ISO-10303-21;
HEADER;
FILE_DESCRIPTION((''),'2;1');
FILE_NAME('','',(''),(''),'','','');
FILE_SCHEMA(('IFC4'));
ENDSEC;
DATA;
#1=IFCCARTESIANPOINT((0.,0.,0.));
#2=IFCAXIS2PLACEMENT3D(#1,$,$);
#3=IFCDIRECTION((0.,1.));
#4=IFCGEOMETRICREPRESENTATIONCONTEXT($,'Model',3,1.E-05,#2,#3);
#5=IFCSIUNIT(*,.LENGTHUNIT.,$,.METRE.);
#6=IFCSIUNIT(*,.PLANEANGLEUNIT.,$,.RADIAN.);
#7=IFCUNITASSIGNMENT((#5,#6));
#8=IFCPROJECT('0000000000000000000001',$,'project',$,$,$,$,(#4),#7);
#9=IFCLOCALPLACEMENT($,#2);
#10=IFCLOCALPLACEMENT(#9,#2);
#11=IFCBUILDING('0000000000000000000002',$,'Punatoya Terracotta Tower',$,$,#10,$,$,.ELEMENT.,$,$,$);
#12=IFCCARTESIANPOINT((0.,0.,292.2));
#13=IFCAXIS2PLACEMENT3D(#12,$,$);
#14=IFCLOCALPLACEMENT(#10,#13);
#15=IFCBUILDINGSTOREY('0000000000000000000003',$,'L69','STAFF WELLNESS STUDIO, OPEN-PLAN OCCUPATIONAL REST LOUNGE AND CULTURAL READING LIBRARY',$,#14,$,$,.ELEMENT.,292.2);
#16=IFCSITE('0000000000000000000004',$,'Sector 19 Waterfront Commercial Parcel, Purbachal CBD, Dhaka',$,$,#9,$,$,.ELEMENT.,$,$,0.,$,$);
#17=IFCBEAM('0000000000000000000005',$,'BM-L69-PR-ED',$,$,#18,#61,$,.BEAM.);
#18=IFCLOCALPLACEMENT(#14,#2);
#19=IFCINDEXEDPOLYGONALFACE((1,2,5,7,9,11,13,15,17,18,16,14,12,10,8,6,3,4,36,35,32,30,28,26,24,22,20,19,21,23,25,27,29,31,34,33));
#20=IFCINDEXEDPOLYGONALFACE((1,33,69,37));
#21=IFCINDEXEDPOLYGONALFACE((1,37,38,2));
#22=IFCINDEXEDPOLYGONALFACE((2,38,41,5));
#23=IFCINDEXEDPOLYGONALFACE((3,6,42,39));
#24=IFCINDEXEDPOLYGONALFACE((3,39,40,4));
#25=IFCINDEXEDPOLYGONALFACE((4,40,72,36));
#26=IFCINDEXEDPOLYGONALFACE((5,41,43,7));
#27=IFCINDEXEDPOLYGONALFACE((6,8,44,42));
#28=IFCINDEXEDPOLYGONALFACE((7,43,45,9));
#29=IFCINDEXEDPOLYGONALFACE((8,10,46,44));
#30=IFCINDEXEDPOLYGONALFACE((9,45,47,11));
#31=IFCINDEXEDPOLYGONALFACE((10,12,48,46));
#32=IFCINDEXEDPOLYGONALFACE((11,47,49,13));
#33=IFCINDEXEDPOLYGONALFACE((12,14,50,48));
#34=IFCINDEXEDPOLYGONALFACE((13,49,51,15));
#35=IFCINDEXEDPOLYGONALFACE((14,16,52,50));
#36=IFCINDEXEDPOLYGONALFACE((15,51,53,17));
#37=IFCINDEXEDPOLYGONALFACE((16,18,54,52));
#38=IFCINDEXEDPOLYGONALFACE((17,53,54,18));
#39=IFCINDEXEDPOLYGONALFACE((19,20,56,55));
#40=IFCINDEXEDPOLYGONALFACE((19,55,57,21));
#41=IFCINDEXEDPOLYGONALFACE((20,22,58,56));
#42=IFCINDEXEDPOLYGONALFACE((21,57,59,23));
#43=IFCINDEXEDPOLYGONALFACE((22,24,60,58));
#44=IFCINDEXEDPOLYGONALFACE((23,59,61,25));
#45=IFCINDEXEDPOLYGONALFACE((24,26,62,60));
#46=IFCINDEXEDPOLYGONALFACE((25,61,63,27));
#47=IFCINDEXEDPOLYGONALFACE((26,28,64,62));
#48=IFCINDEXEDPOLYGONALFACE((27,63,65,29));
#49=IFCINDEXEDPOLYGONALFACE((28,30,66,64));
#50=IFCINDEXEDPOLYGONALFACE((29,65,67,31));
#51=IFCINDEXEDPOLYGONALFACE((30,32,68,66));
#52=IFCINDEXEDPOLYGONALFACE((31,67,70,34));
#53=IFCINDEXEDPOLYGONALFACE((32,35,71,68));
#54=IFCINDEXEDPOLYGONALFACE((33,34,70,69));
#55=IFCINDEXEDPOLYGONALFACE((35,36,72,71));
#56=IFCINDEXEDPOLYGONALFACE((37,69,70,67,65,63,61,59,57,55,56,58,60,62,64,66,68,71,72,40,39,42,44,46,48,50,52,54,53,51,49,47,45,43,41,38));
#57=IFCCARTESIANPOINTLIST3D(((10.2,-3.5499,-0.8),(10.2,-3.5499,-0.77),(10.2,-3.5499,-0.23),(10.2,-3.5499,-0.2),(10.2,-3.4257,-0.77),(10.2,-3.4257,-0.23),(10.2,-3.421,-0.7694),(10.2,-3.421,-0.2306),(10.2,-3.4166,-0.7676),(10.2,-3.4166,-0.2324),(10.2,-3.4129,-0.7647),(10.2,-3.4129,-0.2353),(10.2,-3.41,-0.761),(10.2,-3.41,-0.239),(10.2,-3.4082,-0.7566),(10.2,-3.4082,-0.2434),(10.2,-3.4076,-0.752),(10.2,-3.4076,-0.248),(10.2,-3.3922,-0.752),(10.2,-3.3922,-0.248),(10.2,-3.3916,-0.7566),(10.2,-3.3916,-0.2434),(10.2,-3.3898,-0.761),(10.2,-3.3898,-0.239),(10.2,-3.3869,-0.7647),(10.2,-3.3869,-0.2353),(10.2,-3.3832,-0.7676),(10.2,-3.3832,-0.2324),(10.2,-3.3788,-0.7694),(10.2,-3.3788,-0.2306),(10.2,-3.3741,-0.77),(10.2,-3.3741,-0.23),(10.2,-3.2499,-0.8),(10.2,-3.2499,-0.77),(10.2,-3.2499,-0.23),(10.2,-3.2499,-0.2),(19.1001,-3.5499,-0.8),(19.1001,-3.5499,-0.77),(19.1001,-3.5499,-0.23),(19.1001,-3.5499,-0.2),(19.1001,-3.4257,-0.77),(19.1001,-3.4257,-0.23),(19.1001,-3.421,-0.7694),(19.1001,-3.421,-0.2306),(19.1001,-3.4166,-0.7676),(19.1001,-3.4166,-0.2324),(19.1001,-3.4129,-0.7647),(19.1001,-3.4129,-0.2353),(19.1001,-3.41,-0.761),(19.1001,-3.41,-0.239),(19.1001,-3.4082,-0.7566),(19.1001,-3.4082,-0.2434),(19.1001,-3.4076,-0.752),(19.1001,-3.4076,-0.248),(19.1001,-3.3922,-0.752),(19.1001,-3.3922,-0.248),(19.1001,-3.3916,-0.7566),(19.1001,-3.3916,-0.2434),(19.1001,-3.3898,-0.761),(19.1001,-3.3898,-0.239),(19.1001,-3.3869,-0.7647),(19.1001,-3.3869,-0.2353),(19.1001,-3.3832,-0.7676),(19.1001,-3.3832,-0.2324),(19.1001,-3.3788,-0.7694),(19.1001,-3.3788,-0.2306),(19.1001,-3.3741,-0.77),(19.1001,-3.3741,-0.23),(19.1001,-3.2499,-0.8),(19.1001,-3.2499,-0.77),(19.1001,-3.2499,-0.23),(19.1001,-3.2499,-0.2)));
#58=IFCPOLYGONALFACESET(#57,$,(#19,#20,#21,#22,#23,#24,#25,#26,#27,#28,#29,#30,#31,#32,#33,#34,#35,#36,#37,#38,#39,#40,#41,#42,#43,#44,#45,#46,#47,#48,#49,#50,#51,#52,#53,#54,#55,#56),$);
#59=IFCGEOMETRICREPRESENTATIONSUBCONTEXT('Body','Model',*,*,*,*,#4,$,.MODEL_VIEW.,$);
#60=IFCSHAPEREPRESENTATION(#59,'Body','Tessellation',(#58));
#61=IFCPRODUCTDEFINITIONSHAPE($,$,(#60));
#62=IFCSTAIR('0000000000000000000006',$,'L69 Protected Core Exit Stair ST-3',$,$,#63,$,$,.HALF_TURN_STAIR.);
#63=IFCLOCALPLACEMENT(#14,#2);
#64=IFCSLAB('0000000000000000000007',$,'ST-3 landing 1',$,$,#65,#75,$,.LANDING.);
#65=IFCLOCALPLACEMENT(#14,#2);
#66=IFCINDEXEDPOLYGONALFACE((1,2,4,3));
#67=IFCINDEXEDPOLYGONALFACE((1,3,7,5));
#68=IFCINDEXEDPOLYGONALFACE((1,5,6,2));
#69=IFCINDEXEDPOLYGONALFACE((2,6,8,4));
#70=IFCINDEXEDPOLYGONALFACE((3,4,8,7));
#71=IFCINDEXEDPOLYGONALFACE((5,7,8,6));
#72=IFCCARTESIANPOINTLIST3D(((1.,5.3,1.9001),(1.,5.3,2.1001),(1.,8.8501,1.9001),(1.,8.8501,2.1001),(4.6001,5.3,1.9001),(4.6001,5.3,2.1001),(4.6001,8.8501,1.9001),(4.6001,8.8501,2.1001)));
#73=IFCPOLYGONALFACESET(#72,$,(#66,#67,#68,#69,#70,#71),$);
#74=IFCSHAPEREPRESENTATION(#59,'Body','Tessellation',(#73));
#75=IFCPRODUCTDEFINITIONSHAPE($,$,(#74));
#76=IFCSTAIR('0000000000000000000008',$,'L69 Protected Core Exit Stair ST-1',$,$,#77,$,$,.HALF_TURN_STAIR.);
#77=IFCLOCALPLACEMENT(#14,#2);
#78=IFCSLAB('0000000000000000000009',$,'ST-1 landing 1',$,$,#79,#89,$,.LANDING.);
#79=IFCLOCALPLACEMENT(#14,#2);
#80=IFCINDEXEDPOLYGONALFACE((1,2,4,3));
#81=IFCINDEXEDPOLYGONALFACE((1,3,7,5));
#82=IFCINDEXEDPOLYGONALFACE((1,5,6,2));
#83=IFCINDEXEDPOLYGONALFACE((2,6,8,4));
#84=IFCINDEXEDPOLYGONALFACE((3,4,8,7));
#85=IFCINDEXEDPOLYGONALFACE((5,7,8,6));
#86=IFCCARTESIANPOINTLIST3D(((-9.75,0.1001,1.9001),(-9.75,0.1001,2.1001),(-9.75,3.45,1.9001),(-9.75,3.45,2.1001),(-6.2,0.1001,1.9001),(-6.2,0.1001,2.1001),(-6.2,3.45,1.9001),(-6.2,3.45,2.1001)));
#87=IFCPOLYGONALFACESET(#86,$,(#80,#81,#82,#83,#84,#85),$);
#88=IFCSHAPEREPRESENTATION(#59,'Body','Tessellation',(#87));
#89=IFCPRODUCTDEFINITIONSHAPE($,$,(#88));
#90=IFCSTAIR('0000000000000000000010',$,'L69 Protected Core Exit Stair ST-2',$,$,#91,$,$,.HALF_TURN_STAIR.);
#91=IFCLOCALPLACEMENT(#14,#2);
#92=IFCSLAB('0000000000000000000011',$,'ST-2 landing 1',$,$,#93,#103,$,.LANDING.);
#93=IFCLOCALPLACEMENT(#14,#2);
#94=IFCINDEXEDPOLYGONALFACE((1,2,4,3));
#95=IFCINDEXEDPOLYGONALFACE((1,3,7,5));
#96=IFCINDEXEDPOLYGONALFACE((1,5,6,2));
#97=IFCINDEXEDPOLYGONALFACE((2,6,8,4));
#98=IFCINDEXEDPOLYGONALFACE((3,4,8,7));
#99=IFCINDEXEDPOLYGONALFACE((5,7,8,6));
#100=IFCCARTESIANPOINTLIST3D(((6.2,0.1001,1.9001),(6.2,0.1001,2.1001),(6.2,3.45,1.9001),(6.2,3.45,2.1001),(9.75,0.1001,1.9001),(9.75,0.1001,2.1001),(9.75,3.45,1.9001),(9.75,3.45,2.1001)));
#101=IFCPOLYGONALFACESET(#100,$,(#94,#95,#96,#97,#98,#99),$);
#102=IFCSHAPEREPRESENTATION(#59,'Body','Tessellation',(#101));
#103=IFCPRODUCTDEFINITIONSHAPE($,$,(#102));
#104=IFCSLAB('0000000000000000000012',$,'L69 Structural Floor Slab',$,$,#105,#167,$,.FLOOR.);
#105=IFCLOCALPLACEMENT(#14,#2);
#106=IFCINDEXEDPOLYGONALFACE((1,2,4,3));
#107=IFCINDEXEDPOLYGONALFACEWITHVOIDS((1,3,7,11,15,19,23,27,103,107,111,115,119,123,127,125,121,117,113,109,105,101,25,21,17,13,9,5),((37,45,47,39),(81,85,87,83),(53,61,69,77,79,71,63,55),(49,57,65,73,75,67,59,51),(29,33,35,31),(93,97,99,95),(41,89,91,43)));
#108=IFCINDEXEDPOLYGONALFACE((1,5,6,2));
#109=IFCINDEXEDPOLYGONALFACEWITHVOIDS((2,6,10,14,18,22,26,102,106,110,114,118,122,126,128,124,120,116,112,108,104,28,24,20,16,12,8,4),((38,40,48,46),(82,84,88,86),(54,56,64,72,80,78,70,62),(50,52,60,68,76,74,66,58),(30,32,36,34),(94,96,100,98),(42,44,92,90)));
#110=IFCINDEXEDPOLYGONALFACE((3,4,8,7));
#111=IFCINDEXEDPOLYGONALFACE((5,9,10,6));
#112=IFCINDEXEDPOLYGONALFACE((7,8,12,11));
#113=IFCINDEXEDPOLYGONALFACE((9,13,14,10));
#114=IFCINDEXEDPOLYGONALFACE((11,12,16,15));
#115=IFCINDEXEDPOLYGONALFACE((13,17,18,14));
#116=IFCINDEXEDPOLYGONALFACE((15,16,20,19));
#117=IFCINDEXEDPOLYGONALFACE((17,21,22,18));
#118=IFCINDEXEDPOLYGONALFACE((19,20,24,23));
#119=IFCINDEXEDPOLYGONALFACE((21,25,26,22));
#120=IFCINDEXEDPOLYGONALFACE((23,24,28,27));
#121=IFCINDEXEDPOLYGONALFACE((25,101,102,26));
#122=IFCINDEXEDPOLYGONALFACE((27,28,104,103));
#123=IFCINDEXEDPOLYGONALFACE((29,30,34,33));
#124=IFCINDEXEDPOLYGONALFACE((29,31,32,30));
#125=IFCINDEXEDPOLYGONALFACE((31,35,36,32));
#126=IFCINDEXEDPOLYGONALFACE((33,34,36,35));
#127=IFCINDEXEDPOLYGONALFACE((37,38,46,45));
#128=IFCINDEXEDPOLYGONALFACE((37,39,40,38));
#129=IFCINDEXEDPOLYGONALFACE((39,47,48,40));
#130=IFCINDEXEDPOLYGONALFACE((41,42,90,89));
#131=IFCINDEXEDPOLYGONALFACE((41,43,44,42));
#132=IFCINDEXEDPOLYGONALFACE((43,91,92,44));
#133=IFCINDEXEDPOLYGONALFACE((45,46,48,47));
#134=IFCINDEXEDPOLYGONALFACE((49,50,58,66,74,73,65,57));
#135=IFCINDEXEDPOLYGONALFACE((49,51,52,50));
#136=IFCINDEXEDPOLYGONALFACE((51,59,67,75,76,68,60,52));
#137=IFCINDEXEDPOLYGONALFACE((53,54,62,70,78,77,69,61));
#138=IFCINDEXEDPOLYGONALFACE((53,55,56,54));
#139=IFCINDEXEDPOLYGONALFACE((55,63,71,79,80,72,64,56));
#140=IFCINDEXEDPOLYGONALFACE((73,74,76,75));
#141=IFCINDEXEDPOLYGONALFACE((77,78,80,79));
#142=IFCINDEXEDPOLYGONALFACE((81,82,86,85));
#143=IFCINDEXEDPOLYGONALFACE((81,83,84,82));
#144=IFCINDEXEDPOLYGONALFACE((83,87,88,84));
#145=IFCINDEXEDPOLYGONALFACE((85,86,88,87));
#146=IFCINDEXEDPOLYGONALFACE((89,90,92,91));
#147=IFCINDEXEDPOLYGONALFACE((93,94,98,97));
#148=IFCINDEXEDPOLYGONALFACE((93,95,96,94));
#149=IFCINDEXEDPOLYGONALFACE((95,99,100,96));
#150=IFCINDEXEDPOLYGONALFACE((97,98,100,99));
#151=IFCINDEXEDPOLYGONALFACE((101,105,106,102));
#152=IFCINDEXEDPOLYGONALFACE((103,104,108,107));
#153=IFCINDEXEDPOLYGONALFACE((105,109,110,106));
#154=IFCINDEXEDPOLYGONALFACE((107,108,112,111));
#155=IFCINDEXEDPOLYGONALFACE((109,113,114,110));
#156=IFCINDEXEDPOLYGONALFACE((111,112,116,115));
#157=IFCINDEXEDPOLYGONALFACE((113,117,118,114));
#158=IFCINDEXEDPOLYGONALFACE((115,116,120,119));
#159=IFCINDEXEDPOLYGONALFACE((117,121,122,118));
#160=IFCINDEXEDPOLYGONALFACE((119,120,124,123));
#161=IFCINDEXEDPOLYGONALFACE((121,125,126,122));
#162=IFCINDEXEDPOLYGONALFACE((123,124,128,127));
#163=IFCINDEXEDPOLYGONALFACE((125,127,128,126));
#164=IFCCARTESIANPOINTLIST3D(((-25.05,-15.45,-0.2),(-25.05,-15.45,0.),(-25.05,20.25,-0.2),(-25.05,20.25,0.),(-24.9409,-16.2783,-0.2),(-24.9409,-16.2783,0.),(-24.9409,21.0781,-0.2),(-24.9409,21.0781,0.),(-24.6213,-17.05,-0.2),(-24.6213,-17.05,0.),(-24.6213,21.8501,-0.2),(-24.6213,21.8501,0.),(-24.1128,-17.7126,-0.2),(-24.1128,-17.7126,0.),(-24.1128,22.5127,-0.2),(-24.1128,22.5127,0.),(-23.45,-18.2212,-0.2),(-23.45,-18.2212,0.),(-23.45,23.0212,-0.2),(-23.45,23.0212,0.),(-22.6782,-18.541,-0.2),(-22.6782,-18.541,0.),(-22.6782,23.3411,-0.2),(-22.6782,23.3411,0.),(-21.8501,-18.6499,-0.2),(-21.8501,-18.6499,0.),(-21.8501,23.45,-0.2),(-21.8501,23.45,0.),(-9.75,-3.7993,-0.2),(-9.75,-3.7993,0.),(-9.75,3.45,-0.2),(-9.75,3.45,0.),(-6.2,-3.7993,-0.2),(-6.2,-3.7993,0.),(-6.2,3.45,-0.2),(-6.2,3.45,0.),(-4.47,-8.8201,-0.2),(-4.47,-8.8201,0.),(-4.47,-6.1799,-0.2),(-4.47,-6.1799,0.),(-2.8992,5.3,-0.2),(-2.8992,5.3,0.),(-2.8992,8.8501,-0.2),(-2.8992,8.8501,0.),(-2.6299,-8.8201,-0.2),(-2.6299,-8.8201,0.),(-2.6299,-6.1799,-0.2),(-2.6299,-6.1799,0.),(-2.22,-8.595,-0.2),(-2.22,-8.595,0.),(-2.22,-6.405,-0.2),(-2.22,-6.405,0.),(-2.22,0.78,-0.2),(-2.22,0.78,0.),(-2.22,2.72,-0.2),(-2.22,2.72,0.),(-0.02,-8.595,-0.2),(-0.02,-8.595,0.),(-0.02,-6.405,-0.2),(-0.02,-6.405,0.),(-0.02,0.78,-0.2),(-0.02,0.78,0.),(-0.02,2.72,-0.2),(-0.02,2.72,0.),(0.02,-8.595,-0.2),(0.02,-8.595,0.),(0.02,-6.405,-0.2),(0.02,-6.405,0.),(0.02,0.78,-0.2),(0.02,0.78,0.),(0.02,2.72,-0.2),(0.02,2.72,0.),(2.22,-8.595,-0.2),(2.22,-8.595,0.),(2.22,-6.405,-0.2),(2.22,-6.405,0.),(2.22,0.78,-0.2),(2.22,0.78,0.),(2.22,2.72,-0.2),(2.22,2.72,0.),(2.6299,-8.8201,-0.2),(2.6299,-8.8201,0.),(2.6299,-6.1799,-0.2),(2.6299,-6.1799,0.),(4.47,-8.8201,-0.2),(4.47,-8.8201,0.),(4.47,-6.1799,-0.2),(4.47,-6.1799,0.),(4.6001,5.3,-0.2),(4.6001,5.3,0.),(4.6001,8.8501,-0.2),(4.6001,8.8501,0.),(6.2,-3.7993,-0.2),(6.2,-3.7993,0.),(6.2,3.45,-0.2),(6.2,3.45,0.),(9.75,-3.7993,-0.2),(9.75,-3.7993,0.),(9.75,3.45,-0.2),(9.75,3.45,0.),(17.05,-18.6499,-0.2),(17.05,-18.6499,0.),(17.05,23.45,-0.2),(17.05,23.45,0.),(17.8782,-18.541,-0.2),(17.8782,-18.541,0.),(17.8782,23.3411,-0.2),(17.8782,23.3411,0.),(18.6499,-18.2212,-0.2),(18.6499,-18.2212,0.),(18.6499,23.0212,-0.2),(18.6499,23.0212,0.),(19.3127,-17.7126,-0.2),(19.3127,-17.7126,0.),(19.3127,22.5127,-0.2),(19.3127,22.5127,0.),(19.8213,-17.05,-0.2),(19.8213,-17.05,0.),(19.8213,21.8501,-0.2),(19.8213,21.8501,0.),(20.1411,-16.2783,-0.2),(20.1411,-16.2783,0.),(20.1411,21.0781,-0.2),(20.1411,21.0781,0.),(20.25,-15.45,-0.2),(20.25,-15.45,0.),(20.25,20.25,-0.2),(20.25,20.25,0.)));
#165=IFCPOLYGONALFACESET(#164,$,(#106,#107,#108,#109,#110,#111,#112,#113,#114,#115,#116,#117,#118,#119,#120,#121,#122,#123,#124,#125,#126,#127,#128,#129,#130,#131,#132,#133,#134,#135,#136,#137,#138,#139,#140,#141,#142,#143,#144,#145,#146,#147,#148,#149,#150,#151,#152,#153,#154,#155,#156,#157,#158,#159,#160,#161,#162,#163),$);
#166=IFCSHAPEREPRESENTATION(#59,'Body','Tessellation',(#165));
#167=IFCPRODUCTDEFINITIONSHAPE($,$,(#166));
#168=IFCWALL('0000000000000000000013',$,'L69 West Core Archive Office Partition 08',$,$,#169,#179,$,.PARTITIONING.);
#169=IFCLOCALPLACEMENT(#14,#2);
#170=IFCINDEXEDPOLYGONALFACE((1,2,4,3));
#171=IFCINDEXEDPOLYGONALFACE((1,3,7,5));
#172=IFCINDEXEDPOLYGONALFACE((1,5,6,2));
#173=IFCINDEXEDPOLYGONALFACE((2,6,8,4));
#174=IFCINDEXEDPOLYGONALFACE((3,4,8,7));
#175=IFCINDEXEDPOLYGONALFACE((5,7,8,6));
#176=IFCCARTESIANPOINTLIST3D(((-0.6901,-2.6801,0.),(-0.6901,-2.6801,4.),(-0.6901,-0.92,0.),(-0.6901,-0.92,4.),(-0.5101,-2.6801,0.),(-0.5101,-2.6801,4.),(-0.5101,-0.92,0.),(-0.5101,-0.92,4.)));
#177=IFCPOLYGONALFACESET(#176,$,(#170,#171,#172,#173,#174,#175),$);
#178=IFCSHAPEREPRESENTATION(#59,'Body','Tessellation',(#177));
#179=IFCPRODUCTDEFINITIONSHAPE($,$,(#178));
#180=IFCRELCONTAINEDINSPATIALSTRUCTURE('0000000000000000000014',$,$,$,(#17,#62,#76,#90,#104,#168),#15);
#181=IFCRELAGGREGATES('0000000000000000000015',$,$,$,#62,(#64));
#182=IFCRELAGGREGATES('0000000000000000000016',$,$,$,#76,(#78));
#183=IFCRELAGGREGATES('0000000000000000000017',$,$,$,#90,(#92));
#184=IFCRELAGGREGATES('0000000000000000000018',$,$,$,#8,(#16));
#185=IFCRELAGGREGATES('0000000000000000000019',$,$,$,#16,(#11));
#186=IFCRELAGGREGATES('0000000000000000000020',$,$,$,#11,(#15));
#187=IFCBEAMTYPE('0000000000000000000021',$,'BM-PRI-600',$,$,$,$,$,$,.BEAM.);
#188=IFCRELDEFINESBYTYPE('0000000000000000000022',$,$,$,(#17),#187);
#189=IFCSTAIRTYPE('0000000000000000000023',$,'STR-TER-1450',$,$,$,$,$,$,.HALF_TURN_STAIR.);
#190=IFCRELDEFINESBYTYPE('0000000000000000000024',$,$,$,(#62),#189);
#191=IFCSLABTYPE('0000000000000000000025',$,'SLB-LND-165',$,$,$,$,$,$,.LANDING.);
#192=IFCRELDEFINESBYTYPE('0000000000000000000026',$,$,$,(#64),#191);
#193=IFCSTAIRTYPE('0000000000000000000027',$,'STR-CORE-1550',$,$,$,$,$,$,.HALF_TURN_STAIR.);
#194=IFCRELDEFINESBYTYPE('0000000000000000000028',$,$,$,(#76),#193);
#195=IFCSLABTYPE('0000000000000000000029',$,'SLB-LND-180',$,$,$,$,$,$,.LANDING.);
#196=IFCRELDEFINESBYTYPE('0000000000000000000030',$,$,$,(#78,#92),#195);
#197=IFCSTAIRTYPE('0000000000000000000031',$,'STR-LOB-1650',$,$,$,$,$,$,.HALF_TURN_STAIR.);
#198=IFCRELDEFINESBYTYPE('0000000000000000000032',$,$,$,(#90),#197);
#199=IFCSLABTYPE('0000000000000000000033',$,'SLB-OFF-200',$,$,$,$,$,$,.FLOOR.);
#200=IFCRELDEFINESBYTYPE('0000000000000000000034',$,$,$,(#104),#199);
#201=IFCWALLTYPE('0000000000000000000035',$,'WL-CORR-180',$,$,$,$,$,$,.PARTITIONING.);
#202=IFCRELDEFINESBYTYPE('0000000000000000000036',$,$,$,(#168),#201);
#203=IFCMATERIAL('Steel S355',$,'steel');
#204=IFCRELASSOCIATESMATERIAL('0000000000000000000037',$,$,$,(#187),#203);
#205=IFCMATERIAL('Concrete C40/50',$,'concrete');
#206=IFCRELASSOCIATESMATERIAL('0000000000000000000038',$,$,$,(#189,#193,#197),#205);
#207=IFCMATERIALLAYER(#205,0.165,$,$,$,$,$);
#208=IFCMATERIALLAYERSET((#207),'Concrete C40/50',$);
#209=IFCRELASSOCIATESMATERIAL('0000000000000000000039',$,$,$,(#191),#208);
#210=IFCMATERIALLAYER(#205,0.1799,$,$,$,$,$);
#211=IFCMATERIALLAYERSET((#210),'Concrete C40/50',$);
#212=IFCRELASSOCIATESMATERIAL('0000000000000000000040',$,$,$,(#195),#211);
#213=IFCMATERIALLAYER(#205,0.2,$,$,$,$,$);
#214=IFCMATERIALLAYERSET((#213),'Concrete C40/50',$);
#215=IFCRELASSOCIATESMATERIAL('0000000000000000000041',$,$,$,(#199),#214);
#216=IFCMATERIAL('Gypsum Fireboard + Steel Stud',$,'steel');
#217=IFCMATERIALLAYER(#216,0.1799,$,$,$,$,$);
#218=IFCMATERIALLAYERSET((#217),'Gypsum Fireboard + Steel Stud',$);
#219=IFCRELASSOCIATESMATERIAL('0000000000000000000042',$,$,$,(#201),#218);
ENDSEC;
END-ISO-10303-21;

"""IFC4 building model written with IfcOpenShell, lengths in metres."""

from ifc_helpers import new_model, si_unit, direction, frame, frame_2d, origin, origin_2d, place, context, subcontext, project, spatial, polyline, rectangle, i_section, outline, extrude, material, layer, layer_set, material_profile, profile_set, type_object, element, aggregate, save


model = new_model("IFC4")

# Units and contexts
model_context = context("Model", 3, precision=1e-05, world=origin(), true_north=direction((0.0, 1.0)))
body_context = subcontext(model_context, "Body", "Model", "MODEL_VIEW")
ifc_project = project(units=[si_unit("LENGTHUNIT", "METRE"), si_unit("PLANEANGLEUNIT", "RADIAN")], contexts=[model_context])

# Site, building, storey
site_placement = place(None, origin())
site = spatial("IfcSite", under=ifc_project, at=site_placement, Name="Sector 19 Waterfront Commercial Parcel, Purbachal CBD, Dhaka", CompositionType="ELEMENT", RefElevation=0.0)
building_placement = place(site_placement, origin())
building = spatial("IfcBuilding", under=site, at=building_placement, Name="Punatoya Terracotta Tower", CompositionType="ELEMENT")
storey_placement = place(building_placement, frame((0.0, 0.0, 292.2)))
storey = spatial("IfcBuildingStorey", under=building, at=storey_placement, Name="L69", Description="STAFF WELLNESS STUDIO, OPEN-PLAN OCCUPATIONAL REST LOUNGE AND CULTURAL READING LIBRARY", CompositionType="ELEMENT", Elevation=292.2)

# Beam
ifc_material_1 = material(Name="Steel S355", Category="steel")
ifc_material_profile = material_profile(ifc_material_1, i_section(OverallWidth=0.3, OverallDepth=0.6001, WebThickness=0.0154, FlangeThickness=0.03, FilletRadius=0.0181, at=origin_2d()))
ifc_profile_set = profile_set([ifc_material_profile], Name="Steel S355")
beam_type = type_object("IfcBeamType", Name="BM-PRI-600", PredefinedType="BEAM", material=ifc_profile_set)
beam_placement = place(storey_placement, frame((10.2, -3.3999, -0.5), z_axis=(1.0, 0.0, 0.0), x_axis=(0.0, 1.0, 0.0)))
element("IfcBeam", 1, at=beam_placement, inside=storey, type_object=beam_type, Name="BM-L69-PR-ED", PredefinedType="BEAM", context=body_context, shape_type="SweptSolid", body=[
    extrude(i_section(OverallWidth=0.3, OverallDepth=0.6001, WebThickness=0.0154, FlangeThickness=0.03, FilletRadius=0.0181, at=origin_2d()), origin(), (0.0, 0.0, 1.0), 8.9001),
])

# Stairs, slabs
ifc_material_2 = material(Name="Concrete C40/50", Category="concrete")
stair_type_1 = type_object("IfcStairType", Name="STR-TER-1450", PredefinedType="HALF_TURN_STAIR", material=ifc_material_2)
stair_1_placement = place(storey_placement, origin())
stair_1 = element("IfcStair", 2, at=stair_1_placement, inside=storey, type_object=stair_type_1, Name="L69 Protected Core Exit Stair ST-3", PredefinedType="HALF_TURN_STAIR")
ifc_layer_1 = layer(ifc_material_2, 0.165)
ifc_layer_set_1 = layer_set([ifc_layer_1], Name="Concrete C40/50")
slab_type_1 = type_object("IfcSlabType", Name="SLB-LND-165", PredefinedType="LANDING", material=ifc_layer_set_1)
slab_1_placement = place(storey_placement, frame((0.0, 0.0, 1.9001)))
slab_1 = element("IfcSlab", 3, at=slab_1_placement, type_object=slab_type_1, Name="ST-3 landing 1", PredefinedType="LANDING", context=body_context, shape_type="SweptSolid", body=[
    extrude(outline(polyline([(1.0, 5.3), (4.6001, 5.3), (4.6001, 8.8501), (1.0, 8.8501), (1.0, 5.3)])), origin(), (0.0, 0.0, 1.0), 0.2),
])
aggregate(stair_1, [slab_1])
stair_type_2 = type_object("IfcStairType", Name="STR-CORE-1550", PredefinedType="HALF_TURN_STAIR", material=ifc_material_2)
stair_2_placement = place(storey_placement, origin())
stair_2 = element("IfcStair", 4, at=stair_2_placement, inside=storey, type_object=stair_type_2, Name="L69 Protected Core Exit Stair ST-1", PredefinedType="HALF_TURN_STAIR")
ifc_layer_2 = layer(ifc_material_2, 0.1799)
ifc_layer_set_2 = layer_set([ifc_layer_2], Name="Concrete C40/50")
slab_type_2 = type_object("IfcSlabType", Name="SLB-LND-180", PredefinedType="LANDING", material=ifc_layer_set_2)
slab_2_placement = place(storey_placement, frame((0.0, 0.0, 1.9001)))
slab_2 = element("IfcSlab", 5, at=slab_2_placement, type_object=slab_type_2, Name="ST-1 landing 1", PredefinedType="LANDING", context=body_context, shape_type="SweptSolid", body=[
    extrude(outline(polyline([(-6.2, 0.1001), (-6.2, 3.45), (-9.75, 3.45), (-9.75, 0.1001), (-6.2, 0.1001)])), origin(), (0.0, 0.0, 1.0), 0.2),
])
aggregate(stair_2, [slab_2])
stair_type_3 = type_object("IfcStairType", Name="STR-LOB-1650", PredefinedType="HALF_TURN_STAIR", material=ifc_material_2)
stair_3_placement = place(storey_placement, origin())
stair_3 = element("IfcStair", 6, at=stair_3_placement, inside=storey, type_object=stair_type_3, Name="L69 Protected Core Exit Stair ST-2", PredefinedType="HALF_TURN_STAIR")
slab_3_placement = place(storey_placement, frame((0.0, 0.0, 1.9001)))
slab_3 = element("IfcSlab", 7, at=slab_3_placement, type_object=slab_type_2, Name="ST-2 landing 1", PredefinedType="LANDING", context=body_context, shape_type="SweptSolid", body=[
    extrude(outline(polyline([(9.75, 0.1001), (9.75, 3.45), (6.2, 3.45), (6.2, 0.1001), (9.75, 0.1001)])), origin(), (0.0, 0.0, 1.0), 0.2),
])

# Slab
ifc_layer_3 = layer(ifc_material_2, 0.2)
ifc_layer_set_3 = layer_set([ifc_layer_3], Name="Concrete C40/50")
slab_type_3 = type_object("IfcSlabType", Name="SLB-OFF-200", PredefinedType="FLOOR", material=ifc_layer_set_3)
slab_4_placement = place(storey_placement, frame((0.0, 0.0, -0.2)))
element("IfcSlab", 8, at=slab_4_placement, inside=storey, type_object=slab_type_3, Name="L69 Structural Floor Slab", PredefinedType="FLOOR", context=body_context, shape_type="SweptSolid", body=[
    extrude(outline(polyline([(-21.8501, -18.6499), (-22.6782, -18.541), (-23.45, -18.2212), (-24.1128, -17.7126), (-24.6213, -17.05), (-24.9409, -16.2783), (-25.05, -15.45), (-25.05, 20.25), (-24.9409, 21.0781), (-24.6213, 21.8501), (-24.1128, 22.5127), (-23.45, 23.0212), (-22.6782, 23.3411), (-21.8501, 23.45), (17.05, 23.45), (17.8782, 23.3411), (18.6499, 23.0212), (19.3127, 22.5127), (19.8213, 21.8501), (20.1411, 21.0781), (20.25, 20.25), (20.25, -15.45), (20.1411, -16.2783), (19.8213, -17.05), (19.3127, -17.7126), (18.6499, -18.2212), (17.8782, -18.541), (17.05, -18.6499), (-21.8501, -18.6499)]), holes=[polyline([(-2.6299, -6.1799), (-4.47, -6.1799), (-4.47, -8.8201), (-2.6299, -8.8201), (-2.6299, -6.1799)]), polyline([(-0.02, -6.405), (-2.22, -6.405), (-2.22, -8.595), (-0.02, -8.595), (0.02, -8.595), (2.22, -8.595), (2.22, -6.405), (0.02, -6.405), (-0.02, -6.405)]), polyline([(4.47, -6.1799), (2.6299, -6.1799), (2.6299, -8.8201), (4.47, -8.8201), (4.47, -6.1799)]), polyline([(-9.75, 3.45), (-9.75, -3.7993), (-6.2, -3.7993), (-6.2, 3.45), (-9.75, 3.45)]), polyline([(6.2, 3.45), (6.2, -3.7993), (9.75, -3.7993), (9.75, 3.45), (6.2, 3.45)]), polyline([(-2.22, 2.72), (-2.22, 0.78), (-0.02, 0.78), (0.02, 0.78), (2.22, 0.78), (2.22, 2.72), (0.02, 2.72), (-0.02, 2.72), (-2.22, 2.72)]), polyline([(4.6001, 5.3), (4.6001, 8.8501), (-2.8992, 8.8501), (-2.8992, 5.3), (4.6001, 5.3)])]), origin(), (0.0, 0.0, 1.0), 0.2),
])

# Wall
ifc_material_3 = material(Name="Gypsum Fireboard + Steel Stud", Category="steel")
ifc_layer_4 = layer(ifc_material_3, 0.1799)
ifc_layer_set_4 = layer_set([ifc_layer_4], Name="Gypsum Fireboard + Steel Stud")
wall_type_1 = type_object("IfcWallType", Name="WL-CORR-180", PredefinedType="PARTITIONING", material=ifc_layer_set_4)
wall_1_placement = place(storey_placement, frame((-0.6001, -2.6799, 0.0), z_axis=(0.0, 0.0, 1.0), x_axis=(0.0, 1.0, 0.0)))
element("IfcWall", 9, at=wall_1_placement, inside=storey, type_object=wall_type_1, Name="L69 West Core Archive Office Partition 08", PredefinedType="PARTITIONING", context=body_context, shape_type="SweptSolid", body=[
    extrude(rectangle(XDim=1.76, YDim=0.1799, at=frame_2d((0.8799, 0.0))), origin(), (0.0, 0.0, 1.0), 4.0),
])

aggregate(stair_3, [slab_3])

save(model, "model.ifc")
